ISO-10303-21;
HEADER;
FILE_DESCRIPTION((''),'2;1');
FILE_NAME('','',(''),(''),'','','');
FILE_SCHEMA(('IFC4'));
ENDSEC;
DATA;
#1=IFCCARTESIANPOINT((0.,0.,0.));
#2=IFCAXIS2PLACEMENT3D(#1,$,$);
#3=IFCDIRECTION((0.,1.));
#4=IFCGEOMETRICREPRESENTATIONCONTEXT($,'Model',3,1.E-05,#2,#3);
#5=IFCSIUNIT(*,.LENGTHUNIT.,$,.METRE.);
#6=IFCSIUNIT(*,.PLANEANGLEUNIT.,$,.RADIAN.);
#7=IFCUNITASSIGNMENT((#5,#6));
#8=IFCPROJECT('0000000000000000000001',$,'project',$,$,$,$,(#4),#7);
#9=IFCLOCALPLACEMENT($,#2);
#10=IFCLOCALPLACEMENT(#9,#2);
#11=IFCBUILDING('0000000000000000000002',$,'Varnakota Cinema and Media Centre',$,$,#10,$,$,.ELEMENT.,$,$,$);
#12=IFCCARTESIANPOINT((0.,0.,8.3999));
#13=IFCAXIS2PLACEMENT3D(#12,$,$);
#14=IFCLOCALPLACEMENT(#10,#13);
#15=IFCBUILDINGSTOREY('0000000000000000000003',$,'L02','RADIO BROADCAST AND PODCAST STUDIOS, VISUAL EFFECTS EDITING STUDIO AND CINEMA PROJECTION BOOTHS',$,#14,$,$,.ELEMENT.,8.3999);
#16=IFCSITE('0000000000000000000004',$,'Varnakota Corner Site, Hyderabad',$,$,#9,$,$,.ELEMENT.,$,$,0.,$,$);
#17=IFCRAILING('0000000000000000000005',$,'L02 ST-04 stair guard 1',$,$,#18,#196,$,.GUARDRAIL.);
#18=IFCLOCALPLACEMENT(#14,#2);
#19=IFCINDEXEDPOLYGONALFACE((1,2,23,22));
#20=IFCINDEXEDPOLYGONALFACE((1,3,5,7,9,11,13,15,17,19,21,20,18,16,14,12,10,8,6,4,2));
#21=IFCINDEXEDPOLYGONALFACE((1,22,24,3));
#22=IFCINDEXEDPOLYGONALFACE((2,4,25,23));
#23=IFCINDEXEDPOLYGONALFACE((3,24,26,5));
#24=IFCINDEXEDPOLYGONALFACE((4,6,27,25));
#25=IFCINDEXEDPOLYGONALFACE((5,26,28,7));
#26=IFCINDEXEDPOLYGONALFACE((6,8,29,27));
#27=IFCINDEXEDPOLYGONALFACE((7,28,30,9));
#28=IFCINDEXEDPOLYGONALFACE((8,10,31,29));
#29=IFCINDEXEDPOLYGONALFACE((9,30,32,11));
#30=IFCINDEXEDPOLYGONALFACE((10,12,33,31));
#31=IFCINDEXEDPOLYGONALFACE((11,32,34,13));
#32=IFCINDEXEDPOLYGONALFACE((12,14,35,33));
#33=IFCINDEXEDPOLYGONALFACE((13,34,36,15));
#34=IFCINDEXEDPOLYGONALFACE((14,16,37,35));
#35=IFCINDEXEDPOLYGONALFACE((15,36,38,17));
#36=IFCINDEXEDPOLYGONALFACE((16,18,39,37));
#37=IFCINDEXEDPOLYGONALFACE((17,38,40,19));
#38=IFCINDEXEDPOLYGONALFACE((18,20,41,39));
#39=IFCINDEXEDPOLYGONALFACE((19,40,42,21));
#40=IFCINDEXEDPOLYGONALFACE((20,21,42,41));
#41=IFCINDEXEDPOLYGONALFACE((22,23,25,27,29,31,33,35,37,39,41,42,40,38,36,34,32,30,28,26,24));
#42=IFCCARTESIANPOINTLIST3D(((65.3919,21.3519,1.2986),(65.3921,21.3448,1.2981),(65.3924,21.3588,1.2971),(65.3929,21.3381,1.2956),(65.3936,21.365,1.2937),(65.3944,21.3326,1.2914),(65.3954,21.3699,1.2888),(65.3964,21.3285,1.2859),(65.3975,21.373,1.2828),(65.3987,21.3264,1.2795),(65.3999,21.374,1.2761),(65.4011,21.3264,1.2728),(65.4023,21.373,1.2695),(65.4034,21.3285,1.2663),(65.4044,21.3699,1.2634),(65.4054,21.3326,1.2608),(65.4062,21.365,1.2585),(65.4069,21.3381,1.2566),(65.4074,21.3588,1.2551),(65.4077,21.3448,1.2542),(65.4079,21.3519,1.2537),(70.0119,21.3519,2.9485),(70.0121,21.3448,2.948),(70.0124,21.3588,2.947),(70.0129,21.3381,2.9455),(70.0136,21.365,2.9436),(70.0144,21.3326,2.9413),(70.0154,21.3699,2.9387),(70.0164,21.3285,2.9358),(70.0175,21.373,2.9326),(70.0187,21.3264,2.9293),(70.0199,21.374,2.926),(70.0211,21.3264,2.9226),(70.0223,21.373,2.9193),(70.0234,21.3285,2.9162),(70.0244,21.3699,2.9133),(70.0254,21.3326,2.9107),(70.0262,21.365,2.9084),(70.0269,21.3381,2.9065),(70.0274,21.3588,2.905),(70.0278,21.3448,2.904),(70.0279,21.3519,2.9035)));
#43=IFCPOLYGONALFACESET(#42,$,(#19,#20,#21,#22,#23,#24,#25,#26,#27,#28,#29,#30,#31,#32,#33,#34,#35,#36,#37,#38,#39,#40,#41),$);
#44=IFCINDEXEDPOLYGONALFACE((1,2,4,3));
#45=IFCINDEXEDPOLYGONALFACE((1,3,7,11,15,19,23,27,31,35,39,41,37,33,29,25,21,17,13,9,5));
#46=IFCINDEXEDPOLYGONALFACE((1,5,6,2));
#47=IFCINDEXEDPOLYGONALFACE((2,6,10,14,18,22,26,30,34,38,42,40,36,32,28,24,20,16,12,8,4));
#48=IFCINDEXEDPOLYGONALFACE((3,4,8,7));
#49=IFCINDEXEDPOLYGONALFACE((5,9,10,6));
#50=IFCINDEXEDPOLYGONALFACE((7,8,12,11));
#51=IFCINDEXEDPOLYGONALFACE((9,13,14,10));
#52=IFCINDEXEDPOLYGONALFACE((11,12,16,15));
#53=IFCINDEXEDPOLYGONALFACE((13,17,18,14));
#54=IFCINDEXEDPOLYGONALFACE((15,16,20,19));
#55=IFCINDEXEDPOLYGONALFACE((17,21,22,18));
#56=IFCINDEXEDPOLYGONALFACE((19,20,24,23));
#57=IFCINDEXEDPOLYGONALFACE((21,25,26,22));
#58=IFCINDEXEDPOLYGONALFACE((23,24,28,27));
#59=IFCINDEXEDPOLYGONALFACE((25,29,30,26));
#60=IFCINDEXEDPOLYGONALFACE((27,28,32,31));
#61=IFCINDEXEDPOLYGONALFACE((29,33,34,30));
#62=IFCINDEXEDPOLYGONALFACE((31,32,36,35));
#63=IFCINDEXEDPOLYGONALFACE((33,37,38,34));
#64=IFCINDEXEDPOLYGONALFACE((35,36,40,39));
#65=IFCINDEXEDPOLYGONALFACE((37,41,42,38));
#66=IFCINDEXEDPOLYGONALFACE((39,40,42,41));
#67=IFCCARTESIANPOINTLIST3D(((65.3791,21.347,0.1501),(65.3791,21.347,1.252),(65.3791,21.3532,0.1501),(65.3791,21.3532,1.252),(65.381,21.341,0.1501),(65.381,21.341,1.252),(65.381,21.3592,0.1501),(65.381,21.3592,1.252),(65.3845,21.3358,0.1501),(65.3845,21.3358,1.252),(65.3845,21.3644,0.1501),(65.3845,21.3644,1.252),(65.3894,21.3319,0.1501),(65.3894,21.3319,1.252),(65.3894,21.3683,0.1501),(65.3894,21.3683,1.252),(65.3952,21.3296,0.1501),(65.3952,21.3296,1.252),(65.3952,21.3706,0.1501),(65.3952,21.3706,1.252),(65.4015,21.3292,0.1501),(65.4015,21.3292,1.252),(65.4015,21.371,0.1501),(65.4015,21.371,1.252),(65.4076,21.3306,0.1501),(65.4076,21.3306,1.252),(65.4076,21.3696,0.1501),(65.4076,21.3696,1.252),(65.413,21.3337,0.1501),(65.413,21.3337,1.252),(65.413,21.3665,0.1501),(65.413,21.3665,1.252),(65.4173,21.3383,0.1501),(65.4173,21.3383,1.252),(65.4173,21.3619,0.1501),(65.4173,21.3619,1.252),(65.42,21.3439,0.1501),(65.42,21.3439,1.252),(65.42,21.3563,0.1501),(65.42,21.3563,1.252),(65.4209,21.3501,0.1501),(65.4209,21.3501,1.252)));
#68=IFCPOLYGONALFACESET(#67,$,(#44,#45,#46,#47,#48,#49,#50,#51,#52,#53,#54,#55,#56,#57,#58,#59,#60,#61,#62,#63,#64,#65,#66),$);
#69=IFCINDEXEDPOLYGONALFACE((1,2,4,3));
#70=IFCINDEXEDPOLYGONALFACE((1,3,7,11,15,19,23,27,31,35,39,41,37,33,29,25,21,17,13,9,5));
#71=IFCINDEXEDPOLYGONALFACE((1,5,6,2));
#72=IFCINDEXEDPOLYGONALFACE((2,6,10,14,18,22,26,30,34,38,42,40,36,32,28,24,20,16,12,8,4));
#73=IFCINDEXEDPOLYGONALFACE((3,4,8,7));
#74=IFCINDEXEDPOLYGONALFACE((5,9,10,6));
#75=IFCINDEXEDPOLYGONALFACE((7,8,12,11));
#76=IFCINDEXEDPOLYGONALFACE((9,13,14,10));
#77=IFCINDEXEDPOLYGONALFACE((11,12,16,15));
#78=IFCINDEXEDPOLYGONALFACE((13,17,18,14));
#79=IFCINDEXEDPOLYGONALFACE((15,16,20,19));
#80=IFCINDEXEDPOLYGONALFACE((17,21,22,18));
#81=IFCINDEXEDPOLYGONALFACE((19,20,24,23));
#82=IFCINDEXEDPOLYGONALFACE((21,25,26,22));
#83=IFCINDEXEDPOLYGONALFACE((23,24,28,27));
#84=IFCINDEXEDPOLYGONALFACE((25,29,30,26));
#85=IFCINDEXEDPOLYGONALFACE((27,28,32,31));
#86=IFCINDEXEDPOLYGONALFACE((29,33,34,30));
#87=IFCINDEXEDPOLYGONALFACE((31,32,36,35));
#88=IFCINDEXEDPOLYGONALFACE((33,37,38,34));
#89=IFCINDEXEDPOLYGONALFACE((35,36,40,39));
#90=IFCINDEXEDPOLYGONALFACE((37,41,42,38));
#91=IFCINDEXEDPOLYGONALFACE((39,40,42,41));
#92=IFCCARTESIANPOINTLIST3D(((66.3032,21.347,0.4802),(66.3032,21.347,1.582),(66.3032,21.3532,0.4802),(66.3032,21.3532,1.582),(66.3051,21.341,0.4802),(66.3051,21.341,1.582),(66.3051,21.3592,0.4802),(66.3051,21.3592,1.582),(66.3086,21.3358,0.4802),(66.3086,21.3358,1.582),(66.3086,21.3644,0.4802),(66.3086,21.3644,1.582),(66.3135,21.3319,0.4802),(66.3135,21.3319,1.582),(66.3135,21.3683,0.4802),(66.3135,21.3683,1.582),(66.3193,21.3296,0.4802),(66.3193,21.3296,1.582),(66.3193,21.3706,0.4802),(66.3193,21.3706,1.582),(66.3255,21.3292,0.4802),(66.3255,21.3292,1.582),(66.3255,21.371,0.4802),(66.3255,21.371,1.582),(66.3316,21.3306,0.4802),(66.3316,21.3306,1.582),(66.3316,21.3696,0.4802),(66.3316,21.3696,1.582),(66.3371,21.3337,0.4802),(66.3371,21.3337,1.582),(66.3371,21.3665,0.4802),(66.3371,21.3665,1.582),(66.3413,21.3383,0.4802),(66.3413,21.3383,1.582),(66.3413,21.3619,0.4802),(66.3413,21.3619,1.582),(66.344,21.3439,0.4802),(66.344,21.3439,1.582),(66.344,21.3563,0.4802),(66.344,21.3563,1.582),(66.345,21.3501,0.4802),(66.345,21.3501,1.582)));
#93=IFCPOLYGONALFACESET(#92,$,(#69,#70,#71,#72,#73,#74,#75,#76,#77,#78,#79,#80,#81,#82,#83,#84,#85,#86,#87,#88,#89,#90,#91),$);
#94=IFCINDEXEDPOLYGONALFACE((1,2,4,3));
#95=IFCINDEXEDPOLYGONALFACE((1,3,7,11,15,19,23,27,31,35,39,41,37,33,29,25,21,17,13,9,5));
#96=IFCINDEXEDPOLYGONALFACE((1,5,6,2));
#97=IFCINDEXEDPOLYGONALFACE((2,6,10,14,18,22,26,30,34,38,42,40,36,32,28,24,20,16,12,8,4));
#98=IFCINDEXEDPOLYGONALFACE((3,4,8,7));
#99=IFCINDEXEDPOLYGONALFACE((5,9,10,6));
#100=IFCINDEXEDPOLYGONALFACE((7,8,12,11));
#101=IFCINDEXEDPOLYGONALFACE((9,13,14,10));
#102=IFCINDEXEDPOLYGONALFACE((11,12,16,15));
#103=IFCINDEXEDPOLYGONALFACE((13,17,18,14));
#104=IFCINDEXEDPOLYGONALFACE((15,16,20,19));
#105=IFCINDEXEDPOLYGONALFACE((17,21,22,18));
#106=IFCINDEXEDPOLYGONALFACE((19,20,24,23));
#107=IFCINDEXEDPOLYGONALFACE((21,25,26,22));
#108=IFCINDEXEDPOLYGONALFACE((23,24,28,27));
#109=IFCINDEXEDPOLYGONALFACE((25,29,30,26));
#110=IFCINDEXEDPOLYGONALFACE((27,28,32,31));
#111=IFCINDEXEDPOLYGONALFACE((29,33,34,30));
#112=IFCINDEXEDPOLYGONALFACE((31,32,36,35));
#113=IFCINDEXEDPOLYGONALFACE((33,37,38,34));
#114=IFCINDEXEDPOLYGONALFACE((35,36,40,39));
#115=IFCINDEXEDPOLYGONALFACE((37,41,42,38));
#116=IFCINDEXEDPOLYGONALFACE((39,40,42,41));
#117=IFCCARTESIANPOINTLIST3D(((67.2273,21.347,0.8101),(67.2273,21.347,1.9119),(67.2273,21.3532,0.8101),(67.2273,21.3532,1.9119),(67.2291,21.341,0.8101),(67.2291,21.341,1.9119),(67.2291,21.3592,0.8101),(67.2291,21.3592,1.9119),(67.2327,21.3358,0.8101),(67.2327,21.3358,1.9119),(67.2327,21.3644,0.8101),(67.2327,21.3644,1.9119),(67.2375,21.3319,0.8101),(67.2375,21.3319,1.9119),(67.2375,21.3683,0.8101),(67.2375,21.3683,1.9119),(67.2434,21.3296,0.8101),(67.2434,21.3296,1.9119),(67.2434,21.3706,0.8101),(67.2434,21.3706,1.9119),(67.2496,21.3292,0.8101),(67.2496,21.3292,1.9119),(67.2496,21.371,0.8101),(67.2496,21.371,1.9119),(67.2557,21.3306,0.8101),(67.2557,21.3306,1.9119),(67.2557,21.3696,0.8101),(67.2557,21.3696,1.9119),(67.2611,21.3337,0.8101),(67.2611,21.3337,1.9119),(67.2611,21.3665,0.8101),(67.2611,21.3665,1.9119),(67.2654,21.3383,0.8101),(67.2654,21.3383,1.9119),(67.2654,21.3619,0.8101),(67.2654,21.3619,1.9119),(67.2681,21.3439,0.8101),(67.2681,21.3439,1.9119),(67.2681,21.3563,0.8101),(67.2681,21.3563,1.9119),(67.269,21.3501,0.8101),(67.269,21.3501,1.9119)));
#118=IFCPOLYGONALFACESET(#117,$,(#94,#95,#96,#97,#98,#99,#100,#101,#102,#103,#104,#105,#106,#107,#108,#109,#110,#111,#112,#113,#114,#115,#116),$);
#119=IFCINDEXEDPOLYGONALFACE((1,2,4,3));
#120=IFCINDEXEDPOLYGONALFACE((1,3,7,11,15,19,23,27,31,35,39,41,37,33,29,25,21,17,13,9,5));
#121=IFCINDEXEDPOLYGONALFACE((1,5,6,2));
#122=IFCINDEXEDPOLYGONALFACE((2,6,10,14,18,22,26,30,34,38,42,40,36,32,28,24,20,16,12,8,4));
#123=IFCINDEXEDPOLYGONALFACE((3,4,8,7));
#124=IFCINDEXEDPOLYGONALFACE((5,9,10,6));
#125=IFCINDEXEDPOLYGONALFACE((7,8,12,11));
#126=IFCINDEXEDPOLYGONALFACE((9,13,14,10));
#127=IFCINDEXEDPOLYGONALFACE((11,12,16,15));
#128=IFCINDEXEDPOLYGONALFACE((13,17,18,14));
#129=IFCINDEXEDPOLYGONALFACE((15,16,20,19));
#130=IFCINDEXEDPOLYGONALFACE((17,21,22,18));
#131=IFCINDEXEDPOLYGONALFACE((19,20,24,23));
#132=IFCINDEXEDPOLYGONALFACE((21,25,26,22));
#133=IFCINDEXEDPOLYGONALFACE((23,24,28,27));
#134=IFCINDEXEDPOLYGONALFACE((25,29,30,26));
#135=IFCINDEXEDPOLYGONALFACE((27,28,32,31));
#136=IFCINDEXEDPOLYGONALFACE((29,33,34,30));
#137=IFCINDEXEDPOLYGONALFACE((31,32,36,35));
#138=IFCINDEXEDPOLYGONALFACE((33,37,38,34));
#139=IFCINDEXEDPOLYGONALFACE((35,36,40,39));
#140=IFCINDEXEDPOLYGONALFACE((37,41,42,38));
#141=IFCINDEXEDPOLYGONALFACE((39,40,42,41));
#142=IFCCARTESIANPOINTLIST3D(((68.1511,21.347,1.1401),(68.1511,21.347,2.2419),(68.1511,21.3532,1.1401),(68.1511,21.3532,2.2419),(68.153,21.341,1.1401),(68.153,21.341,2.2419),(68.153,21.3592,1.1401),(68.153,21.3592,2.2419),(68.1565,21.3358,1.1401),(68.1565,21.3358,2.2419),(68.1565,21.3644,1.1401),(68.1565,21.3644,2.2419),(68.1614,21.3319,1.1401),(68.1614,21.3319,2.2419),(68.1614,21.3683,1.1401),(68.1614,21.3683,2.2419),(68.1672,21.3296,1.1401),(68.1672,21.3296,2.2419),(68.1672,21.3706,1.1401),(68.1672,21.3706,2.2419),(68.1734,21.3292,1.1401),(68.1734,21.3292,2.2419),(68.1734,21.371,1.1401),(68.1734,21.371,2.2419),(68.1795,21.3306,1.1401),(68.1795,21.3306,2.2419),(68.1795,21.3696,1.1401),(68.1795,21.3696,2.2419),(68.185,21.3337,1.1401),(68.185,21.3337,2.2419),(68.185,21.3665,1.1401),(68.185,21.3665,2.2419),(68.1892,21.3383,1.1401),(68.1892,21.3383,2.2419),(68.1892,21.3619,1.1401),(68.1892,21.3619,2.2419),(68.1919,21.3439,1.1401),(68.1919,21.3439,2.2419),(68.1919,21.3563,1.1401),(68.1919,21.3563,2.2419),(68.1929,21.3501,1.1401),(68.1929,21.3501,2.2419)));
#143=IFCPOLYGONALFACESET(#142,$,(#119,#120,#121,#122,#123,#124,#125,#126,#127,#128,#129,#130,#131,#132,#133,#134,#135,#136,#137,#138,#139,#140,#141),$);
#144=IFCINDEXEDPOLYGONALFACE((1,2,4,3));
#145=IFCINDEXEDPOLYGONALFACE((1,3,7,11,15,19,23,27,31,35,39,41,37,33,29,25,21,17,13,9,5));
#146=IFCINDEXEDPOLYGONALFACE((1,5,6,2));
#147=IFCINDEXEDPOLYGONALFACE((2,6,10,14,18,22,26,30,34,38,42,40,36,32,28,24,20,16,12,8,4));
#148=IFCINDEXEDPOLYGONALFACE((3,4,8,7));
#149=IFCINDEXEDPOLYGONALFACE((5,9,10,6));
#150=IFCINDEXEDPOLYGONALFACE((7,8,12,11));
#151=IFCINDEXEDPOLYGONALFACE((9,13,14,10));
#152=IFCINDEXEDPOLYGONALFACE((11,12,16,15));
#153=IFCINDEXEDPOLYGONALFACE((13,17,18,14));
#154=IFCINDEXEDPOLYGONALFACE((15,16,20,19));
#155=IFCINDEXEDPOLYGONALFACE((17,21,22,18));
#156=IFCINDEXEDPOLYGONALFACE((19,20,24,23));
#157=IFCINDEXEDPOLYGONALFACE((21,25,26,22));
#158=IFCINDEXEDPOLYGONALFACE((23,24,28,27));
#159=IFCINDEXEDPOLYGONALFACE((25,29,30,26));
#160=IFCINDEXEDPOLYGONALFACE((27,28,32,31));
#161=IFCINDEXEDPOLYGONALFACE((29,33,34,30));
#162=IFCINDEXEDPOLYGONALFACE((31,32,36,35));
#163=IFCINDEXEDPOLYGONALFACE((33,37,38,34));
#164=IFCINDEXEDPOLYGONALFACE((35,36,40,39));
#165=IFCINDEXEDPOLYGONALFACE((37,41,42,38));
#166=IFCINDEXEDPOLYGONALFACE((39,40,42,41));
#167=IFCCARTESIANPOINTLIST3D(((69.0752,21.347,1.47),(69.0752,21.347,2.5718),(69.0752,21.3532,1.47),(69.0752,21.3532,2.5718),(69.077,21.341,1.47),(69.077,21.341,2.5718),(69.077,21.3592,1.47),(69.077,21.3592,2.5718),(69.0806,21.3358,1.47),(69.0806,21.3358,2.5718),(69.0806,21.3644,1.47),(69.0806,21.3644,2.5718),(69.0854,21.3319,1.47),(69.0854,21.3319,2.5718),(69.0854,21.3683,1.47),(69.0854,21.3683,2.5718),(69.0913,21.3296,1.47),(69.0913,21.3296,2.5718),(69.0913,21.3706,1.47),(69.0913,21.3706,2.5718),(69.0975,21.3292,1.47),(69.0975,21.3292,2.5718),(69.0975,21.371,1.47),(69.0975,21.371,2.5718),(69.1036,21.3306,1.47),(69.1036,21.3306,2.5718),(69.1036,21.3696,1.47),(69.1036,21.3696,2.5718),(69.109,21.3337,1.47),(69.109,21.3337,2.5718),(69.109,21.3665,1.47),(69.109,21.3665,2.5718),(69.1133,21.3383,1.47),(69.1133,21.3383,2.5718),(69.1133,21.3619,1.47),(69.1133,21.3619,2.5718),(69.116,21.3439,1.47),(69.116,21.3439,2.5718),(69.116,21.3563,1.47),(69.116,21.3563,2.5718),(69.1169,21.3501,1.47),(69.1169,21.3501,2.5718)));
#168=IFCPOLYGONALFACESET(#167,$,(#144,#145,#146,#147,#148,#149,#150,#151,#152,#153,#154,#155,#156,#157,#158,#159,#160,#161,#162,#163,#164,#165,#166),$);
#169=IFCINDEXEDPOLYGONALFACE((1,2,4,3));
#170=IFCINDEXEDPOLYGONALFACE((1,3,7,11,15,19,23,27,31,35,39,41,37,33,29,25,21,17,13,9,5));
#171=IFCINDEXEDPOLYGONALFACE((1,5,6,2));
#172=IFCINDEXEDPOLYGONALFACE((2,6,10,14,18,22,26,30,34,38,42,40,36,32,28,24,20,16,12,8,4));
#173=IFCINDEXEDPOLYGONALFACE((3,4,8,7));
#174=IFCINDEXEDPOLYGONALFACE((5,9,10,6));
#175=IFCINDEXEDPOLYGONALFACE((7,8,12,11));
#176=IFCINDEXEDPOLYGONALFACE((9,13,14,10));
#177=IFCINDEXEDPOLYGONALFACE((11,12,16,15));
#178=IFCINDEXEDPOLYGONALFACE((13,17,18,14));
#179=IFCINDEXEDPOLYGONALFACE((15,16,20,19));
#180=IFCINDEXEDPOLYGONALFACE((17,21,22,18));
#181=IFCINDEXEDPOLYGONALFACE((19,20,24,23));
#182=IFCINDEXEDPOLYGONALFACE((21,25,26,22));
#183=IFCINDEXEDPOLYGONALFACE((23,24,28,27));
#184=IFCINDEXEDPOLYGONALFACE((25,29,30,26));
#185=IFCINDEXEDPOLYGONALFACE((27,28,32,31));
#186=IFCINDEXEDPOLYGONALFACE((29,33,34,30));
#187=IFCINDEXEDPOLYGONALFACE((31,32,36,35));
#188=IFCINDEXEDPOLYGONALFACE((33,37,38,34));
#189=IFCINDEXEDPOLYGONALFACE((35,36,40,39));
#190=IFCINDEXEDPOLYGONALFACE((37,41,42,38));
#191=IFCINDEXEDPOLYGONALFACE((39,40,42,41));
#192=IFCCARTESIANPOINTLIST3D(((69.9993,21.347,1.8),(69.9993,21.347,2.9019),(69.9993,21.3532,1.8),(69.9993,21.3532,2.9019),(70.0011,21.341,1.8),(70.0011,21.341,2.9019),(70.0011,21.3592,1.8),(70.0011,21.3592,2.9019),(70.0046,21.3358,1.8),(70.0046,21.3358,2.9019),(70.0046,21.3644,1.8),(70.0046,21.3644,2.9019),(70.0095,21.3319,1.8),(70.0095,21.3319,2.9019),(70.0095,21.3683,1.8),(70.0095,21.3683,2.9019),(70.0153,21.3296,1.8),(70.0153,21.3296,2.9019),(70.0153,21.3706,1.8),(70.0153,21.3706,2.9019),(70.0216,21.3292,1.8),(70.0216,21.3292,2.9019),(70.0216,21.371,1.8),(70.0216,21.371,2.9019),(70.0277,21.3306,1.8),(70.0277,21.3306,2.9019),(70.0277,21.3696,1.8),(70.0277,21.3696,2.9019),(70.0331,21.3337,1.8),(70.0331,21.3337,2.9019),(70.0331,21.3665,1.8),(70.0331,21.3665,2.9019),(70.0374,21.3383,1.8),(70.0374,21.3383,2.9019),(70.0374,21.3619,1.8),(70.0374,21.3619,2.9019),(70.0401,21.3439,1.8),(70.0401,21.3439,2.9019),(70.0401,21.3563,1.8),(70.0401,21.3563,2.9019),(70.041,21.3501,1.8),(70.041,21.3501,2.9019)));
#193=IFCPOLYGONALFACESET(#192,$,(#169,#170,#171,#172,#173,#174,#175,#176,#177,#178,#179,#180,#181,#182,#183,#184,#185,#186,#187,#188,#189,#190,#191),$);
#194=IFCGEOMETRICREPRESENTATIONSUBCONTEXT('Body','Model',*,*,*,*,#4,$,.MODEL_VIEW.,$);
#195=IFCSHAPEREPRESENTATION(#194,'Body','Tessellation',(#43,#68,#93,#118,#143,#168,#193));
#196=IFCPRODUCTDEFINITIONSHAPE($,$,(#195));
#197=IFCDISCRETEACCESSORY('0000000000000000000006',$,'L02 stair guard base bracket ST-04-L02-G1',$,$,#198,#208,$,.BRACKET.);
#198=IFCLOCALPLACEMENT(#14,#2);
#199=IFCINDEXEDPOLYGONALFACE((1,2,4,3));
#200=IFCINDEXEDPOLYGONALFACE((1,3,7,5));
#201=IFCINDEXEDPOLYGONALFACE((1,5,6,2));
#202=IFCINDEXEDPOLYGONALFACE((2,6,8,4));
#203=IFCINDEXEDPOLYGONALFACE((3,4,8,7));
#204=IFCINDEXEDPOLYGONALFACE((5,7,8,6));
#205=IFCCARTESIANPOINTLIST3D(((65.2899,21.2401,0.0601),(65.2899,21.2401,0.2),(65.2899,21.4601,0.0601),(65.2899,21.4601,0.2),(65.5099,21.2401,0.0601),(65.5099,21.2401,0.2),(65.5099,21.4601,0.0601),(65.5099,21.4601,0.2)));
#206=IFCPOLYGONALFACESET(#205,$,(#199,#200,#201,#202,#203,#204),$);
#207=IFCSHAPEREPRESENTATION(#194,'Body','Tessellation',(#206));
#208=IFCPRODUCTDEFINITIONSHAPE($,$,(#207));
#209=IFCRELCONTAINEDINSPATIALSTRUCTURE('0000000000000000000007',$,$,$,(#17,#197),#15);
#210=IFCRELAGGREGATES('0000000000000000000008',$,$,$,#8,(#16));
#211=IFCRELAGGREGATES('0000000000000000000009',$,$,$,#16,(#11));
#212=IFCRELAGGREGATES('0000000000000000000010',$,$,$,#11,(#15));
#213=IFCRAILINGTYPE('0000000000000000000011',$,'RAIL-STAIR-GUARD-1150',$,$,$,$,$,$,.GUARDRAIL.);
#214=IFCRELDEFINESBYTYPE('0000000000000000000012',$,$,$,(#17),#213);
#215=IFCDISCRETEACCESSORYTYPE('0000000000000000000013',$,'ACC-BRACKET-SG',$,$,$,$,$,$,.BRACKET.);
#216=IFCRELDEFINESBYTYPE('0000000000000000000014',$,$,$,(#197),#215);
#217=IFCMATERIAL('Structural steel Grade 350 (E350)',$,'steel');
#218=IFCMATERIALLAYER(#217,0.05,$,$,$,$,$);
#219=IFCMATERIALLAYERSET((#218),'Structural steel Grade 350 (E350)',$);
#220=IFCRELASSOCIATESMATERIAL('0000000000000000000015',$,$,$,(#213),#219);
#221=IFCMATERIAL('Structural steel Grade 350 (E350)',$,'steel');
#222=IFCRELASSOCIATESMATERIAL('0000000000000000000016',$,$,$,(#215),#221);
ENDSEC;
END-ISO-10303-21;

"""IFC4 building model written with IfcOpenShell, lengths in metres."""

from ifc_helpers import new_model, si_unit, direction, frame, origin, origin_2d, place, context, subcontext, project, spatial, rectangle, circle, extrude, material, layer, layer_set, type_object, element, save


model = new_model("IFC4")

# Units and contexts
model_context = context("Model", 3, precision=1e-05, world=origin(), true_north=direction((0.0, 1.0)))
body_context = subcontext(model_context, "Body", "Model", "MODEL_VIEW")
ifc_project = project(units=[si_unit("LENGTHUNIT", "METRE"), si_unit("PLANEANGLEUNIT", "RADIAN")], contexts=[model_context])

# Site, building, storey
site_placement = place(None, origin())
site = spatial("IfcSite", under=ifc_project, at=site_placement, Name="Varnakota Corner Site, Hyderabad", CompositionType="ELEMENT", RefElevation=0.0)
building_placement = place(site_placement, origin())
building = spatial("IfcBuilding", under=site, at=building_placement, Name="Varnakota Cinema and Media Centre", CompositionType="ELEMENT")
storey_placement = place(building_placement, frame((0.0, 0.0, 8.3999)))
storey = spatial("IfcBuildingStorey", under=building, at=storey_placement, Name="L02", Description="RADIO BROADCAST AND PODCAST STUDIOS, VISUAL EFFECTS EDITING STUDIO AND CINEMA PROJECTION BOOTHS", CompositionType="ELEMENT", Elevation=8.3999)

# Railing
ifc_material_1 = material(Name="Structural steel Grade 350 (E350)", Category="steel")
ifc_layer_1 = layer(ifc_material_1, 0.05)
ifc_layer_set_1 = layer_set([ifc_layer_1], Name="Structural steel Grade 350 (E350)")
railing_type = type_object("IfcRailingType", Name="RAIL-STAIR-GUARD-1150", PredefinedType="GUARDRAIL", material=ifc_layer_set_1)
railing_placement = place(storey_placement, frame((65.3999, 21.3501, 0.1501)))
element("IfcRailing", 1, at=railing_placement, inside=storey, type_object=railing_type, Name="L02 ST-04 stair guard 1", PredefinedType="GUARDRAIL", context=body_context, shape_type="SweptSolid", body=[
    extrude(circle(Radius=0.0239, at=origin_2d()), frame((0.0, 0.0, 1.126), z_axis=(0.941751, 0.0, 0.336311), x_axis=(0.0, 1.0, 0.0)), (0.0, 0.0, 1.0), 4.9058),
    extrude(circle(Radius=0.021, at=origin_2d()), origin(), (0.0, 0.0, 1.0), 1.1018),
    extrude(circle(Radius=0.021, at=origin_2d()), frame((0.9241, 0.0, 0.3301)), (0.0, 0.0, 1.0), 1.1018),
    extrude(circle(Radius=0.021, at=origin_2d()), frame((1.8481, 0.0, 0.6599)), (0.0, 0.0, 1.0), 1.1018),
    extrude(circle(Radius=0.021, at=origin_2d()), frame((2.772, 0.0, 0.99)), (0.0, 0.0, 1.0), 1.1018),
    extrude(circle(Radius=0.021, at=origin_2d()), frame((3.696, 0.0, 1.3198)), (0.0, 0.0, 1.0), 1.1018),
    extrude(circle(Radius=0.021, at=origin_2d()), frame((4.6201, 0.0, 1.6499)), (0.0, 0.0, 1.0), 1.1018),
])

# Discrete accessory
ifc_material_2 = material(Name="Structural steel Grade 350 (E350)", Category="steel")
discrete_accessory_type = type_object("IfcDiscreteAccessoryType", Name="ACC-BRACKET-SG", PredefinedType="BRACKET", material=ifc_material_2)
discrete_accessory_placement = place(storey_placement, frame((65.3999, 21.3501, 0.0601), z_axis=(0.0, 0.0, 1.0), x_axis=(1.0, 0.0, 0.0)))
element("IfcDiscreteAccessory", 2, at=discrete_accessory_placement, inside=storey, type_object=discrete_accessory_type, Name="L02 stair guard base bracket ST-04-L02-G1", PredefinedType="BRACKET", context=body_context, shape_type="SweptSolid", body=[
    extrude(rectangle(XDim=0.22, YDim=0.22, at=origin_2d()), origin(), (0.0, 0.0, 1.0), 0.1399),
])

save(model, "model.ifc")
